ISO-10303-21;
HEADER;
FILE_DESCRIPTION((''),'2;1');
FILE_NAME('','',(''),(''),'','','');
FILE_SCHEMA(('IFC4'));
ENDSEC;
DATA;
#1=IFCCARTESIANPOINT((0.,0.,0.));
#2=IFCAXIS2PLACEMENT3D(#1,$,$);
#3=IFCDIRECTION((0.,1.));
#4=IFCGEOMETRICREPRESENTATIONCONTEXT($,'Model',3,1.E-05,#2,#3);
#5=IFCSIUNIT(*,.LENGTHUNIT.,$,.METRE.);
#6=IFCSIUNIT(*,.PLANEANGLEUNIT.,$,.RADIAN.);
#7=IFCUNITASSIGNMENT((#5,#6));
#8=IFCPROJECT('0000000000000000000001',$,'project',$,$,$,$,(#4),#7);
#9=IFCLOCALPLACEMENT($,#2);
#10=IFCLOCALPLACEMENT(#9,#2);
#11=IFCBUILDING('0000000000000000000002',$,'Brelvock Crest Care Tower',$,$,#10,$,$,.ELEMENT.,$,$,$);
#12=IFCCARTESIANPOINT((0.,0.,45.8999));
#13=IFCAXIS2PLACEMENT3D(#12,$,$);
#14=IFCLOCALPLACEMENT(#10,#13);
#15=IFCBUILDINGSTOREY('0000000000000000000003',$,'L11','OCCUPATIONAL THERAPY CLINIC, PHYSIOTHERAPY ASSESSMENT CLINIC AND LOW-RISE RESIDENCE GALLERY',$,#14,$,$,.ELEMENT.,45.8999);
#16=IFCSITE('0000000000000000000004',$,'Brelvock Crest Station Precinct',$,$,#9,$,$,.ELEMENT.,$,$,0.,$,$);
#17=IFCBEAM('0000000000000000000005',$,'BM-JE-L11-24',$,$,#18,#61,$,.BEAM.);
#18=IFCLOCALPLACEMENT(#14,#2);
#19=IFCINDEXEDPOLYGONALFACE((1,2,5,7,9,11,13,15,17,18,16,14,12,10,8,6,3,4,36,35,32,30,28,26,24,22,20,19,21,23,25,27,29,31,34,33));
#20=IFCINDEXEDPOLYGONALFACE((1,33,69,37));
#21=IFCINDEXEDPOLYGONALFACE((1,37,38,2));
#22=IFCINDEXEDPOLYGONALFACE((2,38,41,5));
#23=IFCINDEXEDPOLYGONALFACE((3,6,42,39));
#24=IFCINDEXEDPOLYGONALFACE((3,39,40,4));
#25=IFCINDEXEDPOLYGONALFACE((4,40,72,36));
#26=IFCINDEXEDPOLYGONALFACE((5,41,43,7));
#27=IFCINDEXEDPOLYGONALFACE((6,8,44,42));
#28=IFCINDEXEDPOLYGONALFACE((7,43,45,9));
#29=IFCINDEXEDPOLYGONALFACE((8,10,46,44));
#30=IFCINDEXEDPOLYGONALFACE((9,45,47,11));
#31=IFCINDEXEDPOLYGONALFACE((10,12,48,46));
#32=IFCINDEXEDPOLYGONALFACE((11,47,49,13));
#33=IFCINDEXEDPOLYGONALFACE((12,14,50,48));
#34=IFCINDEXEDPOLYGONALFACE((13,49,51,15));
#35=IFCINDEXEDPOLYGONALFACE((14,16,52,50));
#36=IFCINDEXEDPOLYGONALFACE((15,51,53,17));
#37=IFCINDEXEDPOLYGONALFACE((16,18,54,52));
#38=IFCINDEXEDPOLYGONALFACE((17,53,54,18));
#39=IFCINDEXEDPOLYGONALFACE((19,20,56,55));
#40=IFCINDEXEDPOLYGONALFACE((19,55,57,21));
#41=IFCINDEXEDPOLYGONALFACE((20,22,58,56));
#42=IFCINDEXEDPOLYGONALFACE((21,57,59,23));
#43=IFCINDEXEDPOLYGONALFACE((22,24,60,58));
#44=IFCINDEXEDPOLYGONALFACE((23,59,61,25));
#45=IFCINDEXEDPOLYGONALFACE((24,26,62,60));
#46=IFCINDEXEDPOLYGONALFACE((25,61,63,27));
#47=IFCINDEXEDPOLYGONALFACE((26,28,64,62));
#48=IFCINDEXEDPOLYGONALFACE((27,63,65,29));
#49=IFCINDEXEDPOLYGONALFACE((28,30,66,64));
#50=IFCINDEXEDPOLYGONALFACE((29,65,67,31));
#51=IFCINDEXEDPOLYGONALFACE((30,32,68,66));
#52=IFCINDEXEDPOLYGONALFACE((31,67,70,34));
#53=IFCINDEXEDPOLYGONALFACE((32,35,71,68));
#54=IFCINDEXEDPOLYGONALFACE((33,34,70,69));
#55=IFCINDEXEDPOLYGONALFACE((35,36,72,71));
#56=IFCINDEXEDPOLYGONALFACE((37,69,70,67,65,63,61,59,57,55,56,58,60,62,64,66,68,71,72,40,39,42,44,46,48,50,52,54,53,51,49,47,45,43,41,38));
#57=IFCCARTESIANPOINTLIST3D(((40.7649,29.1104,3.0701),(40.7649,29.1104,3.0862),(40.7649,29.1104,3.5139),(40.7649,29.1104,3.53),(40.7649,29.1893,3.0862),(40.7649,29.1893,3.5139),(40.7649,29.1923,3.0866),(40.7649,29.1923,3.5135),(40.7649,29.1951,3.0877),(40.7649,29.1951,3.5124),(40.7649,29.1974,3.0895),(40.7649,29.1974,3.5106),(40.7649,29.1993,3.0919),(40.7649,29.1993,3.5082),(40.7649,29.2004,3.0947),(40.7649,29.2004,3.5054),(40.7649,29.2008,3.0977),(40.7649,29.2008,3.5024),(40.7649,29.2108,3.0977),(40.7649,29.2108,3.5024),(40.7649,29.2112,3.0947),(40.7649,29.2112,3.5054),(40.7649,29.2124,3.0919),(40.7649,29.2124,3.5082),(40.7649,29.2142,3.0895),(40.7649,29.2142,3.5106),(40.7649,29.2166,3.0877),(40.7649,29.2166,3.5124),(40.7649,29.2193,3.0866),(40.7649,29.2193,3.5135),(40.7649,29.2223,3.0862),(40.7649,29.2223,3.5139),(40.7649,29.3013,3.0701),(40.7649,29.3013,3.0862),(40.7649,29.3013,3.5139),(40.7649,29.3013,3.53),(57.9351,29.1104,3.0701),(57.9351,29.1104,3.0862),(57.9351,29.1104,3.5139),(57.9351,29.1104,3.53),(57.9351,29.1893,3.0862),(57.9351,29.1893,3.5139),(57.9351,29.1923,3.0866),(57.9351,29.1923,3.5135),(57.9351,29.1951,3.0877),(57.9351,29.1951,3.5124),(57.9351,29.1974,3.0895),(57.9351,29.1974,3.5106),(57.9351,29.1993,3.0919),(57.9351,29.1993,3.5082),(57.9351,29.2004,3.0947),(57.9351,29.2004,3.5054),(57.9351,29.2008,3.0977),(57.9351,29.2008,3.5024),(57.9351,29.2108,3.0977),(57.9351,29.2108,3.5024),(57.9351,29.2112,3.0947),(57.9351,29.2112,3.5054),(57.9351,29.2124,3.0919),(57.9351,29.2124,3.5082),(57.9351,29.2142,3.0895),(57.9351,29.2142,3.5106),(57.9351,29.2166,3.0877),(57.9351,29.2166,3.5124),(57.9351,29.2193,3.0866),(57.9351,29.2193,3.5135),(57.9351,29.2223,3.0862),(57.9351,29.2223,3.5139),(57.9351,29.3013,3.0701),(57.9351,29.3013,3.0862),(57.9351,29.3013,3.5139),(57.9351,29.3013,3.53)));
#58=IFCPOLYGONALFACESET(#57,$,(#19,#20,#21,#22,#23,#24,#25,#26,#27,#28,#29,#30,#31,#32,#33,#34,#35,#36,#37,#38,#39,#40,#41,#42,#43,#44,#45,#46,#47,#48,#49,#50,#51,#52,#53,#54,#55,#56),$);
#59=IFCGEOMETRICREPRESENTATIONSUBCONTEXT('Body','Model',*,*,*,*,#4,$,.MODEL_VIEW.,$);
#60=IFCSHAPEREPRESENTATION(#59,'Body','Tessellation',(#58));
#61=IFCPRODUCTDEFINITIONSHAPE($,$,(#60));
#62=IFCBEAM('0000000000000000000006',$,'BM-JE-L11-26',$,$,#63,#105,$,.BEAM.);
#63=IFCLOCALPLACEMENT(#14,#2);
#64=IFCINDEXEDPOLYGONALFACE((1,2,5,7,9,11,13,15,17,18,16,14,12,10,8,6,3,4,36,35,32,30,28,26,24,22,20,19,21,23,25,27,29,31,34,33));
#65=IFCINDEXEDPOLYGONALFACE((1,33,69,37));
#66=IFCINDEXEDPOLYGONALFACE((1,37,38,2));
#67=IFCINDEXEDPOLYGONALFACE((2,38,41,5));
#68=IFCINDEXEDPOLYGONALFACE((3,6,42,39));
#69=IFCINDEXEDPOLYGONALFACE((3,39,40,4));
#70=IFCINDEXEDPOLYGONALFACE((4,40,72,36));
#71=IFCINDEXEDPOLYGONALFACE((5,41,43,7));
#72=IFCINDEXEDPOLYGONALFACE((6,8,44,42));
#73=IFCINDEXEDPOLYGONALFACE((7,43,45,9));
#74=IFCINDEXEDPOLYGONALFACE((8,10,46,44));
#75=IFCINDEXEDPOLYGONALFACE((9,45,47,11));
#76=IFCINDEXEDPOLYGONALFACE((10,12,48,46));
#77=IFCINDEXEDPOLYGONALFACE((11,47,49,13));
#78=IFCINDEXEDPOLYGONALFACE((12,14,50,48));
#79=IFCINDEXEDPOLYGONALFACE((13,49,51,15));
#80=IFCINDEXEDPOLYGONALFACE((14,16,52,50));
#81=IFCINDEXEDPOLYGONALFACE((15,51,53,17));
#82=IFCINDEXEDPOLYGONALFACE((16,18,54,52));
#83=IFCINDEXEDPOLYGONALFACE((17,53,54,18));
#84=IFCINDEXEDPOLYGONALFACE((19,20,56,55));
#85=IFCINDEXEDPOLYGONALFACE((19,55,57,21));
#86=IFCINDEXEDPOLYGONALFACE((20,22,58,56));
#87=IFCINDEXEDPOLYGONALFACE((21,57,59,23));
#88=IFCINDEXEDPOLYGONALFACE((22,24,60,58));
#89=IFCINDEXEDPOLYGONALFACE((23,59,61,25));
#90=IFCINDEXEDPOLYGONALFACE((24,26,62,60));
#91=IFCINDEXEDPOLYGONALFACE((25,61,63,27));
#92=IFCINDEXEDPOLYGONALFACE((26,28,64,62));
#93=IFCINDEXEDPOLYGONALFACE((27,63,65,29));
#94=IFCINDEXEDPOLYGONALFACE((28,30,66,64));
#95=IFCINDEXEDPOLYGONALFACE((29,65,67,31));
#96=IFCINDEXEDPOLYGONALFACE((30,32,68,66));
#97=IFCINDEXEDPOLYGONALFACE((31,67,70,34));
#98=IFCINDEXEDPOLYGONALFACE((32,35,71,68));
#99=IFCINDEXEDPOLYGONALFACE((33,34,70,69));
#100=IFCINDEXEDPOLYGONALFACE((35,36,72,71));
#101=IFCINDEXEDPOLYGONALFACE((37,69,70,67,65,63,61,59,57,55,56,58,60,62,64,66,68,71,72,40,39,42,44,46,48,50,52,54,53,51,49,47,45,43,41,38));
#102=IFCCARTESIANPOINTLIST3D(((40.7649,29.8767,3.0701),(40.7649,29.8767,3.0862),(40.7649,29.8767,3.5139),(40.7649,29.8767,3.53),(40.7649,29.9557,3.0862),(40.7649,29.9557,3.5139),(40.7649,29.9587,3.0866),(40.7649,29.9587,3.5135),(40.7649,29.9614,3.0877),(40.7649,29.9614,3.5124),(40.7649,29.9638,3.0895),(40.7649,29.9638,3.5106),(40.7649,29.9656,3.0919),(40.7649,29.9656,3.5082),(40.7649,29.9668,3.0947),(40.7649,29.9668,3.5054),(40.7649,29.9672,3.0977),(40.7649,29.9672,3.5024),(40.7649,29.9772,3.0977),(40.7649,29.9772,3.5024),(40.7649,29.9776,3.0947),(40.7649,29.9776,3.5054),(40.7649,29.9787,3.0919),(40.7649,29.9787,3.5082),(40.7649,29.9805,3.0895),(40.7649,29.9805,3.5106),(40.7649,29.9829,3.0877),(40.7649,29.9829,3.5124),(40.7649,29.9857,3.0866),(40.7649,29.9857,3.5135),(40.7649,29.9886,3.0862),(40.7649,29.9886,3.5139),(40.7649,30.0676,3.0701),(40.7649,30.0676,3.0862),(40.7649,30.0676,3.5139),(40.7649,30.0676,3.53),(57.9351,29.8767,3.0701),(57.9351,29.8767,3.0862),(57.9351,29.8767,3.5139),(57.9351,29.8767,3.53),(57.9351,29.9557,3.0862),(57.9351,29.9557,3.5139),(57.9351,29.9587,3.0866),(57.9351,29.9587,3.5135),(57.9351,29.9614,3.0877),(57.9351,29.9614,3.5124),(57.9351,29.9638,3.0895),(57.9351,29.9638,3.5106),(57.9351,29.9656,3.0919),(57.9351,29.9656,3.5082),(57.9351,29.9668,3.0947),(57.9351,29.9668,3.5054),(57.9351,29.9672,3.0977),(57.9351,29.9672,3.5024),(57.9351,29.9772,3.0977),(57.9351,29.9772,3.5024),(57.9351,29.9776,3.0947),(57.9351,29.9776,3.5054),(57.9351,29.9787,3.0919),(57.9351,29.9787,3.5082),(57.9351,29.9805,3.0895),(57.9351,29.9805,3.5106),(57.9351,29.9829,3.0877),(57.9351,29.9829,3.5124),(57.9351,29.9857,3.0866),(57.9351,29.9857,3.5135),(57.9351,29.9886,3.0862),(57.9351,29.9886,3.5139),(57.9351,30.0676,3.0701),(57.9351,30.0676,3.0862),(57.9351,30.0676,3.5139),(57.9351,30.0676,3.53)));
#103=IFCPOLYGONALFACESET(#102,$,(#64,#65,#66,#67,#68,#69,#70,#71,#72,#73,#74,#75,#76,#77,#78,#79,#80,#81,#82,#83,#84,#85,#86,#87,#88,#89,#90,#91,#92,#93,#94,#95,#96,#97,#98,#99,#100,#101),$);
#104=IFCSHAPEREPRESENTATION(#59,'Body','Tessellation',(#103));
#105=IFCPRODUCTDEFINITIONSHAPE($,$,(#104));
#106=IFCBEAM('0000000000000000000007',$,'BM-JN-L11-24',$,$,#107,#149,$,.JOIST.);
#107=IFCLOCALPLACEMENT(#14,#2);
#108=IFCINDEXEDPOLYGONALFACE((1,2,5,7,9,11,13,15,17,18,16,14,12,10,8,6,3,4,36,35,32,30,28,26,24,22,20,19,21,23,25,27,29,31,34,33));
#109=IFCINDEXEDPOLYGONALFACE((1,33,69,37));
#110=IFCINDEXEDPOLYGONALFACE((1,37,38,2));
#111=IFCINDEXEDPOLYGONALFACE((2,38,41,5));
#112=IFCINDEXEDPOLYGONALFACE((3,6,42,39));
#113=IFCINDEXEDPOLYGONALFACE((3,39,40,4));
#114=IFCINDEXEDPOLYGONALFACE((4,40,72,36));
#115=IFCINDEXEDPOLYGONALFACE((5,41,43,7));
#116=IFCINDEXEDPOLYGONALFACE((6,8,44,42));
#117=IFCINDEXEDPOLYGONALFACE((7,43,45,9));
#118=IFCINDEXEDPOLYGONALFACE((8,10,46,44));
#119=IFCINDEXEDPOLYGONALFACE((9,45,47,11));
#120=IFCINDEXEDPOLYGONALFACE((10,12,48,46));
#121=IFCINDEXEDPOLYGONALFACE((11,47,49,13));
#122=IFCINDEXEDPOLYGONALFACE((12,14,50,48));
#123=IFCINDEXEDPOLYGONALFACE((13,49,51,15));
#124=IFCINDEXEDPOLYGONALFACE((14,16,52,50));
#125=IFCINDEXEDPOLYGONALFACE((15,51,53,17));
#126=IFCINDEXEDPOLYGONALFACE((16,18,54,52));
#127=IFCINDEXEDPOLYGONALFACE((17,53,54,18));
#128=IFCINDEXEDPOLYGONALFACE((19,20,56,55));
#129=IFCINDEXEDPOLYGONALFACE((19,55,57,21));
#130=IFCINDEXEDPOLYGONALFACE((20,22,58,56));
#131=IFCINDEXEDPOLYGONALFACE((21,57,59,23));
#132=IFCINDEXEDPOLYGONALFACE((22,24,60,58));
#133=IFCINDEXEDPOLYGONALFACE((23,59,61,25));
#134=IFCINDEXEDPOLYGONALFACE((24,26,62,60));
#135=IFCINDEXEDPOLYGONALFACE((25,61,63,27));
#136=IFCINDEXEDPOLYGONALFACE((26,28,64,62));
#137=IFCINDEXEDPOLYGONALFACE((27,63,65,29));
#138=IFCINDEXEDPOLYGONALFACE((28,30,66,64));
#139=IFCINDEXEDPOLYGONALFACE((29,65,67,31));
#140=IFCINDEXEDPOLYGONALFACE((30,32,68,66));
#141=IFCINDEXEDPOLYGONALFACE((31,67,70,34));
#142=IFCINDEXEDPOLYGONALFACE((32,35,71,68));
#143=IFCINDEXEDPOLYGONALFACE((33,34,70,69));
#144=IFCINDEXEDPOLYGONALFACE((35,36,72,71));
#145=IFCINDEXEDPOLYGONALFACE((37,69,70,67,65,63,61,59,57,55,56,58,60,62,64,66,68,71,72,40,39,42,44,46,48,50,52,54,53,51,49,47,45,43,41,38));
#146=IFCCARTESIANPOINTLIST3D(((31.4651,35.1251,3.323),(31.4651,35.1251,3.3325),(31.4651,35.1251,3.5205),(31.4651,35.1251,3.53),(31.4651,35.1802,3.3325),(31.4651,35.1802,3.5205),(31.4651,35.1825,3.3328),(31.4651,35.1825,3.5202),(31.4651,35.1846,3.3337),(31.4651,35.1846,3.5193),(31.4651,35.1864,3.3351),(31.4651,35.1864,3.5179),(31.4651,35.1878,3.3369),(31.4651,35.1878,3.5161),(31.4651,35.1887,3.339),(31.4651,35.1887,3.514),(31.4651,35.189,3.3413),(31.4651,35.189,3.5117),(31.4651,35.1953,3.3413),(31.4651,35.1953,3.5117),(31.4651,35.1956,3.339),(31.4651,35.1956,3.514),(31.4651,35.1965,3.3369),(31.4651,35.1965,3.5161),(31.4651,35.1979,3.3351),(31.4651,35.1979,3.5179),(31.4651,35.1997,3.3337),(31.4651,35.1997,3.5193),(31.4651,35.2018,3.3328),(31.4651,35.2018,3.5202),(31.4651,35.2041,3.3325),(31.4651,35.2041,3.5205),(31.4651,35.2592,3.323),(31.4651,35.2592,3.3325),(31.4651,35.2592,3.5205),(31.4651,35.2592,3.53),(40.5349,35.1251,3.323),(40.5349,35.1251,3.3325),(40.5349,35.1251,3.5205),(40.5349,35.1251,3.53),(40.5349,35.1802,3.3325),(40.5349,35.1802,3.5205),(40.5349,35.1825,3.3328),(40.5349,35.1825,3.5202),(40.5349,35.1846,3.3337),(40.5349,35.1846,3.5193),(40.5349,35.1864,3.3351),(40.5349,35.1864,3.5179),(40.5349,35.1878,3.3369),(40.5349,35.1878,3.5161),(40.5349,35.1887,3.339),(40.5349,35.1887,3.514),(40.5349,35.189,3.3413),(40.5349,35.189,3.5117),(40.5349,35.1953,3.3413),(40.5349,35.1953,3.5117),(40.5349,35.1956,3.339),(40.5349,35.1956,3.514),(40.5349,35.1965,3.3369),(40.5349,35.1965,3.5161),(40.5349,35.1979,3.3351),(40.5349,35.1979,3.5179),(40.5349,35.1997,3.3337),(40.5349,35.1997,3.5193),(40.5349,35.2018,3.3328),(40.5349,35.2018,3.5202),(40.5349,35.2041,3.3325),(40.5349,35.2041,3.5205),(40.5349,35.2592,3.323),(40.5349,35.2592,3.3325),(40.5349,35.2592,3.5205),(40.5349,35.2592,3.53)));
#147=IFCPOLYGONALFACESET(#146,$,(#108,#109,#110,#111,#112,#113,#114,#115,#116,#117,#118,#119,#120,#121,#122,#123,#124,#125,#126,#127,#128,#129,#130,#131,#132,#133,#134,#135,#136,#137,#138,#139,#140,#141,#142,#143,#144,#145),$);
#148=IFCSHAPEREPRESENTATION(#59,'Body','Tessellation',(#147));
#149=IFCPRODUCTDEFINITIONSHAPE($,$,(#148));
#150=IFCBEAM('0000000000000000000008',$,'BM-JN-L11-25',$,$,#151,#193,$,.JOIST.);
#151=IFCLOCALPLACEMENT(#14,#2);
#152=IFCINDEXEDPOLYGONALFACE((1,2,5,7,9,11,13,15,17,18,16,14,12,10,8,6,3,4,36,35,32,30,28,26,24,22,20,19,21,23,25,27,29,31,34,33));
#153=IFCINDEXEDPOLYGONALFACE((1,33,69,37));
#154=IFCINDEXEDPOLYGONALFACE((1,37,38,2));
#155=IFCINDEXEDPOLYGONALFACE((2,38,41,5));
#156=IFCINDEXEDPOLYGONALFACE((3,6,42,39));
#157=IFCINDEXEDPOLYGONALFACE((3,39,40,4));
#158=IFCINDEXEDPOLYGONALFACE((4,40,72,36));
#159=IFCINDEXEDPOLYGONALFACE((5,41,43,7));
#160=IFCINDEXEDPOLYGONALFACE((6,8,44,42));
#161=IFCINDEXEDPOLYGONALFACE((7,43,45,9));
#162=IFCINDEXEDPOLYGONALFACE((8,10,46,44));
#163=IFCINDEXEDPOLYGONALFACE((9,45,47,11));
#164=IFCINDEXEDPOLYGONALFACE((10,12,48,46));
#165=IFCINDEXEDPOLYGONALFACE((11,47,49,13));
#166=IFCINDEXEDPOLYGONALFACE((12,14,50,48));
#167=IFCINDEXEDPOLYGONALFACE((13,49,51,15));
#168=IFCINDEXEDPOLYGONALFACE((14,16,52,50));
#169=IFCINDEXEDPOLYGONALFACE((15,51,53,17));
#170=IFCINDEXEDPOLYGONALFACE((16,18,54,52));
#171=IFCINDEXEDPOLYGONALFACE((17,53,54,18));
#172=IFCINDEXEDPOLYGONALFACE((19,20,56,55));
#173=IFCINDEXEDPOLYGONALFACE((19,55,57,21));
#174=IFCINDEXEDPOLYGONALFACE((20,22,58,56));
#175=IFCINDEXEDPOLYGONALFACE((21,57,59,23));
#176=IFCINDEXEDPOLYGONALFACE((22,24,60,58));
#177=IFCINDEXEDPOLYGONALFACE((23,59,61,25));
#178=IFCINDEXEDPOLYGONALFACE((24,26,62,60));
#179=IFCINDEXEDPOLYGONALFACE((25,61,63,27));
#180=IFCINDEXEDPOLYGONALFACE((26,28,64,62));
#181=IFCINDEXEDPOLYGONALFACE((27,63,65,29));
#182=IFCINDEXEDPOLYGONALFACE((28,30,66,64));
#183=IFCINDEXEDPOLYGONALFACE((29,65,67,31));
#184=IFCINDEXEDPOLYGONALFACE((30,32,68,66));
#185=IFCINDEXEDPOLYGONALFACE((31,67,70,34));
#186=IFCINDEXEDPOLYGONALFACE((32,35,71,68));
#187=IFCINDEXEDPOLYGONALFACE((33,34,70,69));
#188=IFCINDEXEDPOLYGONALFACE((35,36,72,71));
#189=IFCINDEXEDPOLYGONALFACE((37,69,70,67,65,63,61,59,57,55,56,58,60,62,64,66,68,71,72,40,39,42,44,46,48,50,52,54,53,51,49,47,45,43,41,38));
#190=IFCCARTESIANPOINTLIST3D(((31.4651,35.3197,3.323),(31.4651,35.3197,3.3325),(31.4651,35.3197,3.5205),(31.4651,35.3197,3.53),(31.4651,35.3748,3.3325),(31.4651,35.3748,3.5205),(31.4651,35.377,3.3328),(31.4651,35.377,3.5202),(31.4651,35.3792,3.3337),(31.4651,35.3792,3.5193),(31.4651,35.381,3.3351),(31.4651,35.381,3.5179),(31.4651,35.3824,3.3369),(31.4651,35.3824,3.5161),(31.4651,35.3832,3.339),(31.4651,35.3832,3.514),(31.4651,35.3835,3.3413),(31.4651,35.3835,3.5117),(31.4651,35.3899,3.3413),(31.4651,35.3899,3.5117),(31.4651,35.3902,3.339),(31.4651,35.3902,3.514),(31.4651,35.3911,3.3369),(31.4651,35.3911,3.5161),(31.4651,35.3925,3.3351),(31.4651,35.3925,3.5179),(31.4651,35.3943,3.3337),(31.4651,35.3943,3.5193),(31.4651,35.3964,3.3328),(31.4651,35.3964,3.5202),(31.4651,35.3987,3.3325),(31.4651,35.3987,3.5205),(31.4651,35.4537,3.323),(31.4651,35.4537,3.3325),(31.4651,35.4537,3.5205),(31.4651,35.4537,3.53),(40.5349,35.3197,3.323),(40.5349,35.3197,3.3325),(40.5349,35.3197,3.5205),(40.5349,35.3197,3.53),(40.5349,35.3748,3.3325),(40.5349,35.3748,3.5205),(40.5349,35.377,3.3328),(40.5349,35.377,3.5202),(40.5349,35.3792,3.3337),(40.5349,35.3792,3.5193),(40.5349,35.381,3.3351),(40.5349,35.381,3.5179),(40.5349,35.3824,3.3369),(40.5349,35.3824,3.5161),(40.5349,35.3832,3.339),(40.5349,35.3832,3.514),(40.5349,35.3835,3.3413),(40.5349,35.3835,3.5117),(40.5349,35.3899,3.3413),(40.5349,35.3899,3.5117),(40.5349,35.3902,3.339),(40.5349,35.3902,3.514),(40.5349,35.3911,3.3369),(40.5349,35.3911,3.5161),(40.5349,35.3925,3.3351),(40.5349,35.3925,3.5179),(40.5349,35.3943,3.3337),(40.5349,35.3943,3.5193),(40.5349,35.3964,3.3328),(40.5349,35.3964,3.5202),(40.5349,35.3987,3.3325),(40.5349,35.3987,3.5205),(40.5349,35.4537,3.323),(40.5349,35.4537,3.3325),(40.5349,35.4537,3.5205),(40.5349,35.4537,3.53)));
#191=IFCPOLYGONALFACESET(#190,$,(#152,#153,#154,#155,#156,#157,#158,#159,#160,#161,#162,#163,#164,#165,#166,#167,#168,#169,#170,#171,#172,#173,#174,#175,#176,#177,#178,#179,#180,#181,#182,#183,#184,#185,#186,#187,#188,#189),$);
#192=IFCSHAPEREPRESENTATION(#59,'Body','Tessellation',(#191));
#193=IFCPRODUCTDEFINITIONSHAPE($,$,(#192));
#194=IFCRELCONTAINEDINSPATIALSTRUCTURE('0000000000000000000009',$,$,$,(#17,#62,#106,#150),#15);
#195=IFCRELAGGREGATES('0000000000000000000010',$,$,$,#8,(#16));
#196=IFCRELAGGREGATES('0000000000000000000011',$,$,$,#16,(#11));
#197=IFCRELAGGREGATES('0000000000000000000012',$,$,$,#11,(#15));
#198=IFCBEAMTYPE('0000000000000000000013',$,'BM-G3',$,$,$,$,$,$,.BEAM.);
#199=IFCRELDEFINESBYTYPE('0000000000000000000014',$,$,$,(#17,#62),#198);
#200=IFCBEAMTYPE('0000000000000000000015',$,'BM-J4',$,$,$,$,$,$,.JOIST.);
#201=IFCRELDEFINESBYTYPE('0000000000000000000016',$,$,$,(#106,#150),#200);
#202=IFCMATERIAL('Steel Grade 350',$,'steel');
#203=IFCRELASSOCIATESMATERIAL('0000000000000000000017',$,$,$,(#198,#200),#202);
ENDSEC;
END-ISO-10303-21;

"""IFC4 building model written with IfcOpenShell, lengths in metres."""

from ifc_helpers import new_model, si_unit, direction, frame, origin, origin_2d, place, context, subcontext, project, spatial, i_section, extrude, source, transform, mapped, material, material_profile, profile_set, type_object, element, save


model = new_model("IFC4")

# Units and contexts
model_context = context("Model", 3, precision=1e-05, world=origin(), true_north=direction((0.0, 1.0)))
body_context = subcontext(model_context, "Body", "Model", "MODEL_VIEW")
ifc_project = project(units=[si_unit("LENGTHUNIT", "METRE"), si_unit("PLANEANGLEUNIT", "RADIAN")], contexts=[model_context])

# Site, building, storey
site_placement = place(None, origin())
site = spatial("IfcSite", under=ifc_project, at=site_placement, Name="Brelvock Crest Station Precinct", CompositionType="ELEMENT", RefElevation=0.0)
building_placement = place(site_placement, origin())
building = spatial("IfcBuilding", under=site, at=building_placement, Name="Brelvock Crest Care Tower", CompositionType="ELEMENT")
storey_placement = place(building_placement, frame((0.0, 0.0, 45.8999)))
storey = spatial("IfcBuildingStorey", under=building, at=storey_placement, Name="L11", Description="OCCUPATIONAL THERAPY CLINIC, PHYSIOTHERAPY ASSESSMENT CLINIC AND LOW-RISE RESIDENCE GALLERY", CompositionType="ELEMENT", Elevation=45.8999)

# Shared definitions
ifc_material_1 = material(Name="Steel Grade 350", Category="steel")

# Beams
ifc_material_profile_1 = material_profile(ifc_material_1, i_section(OverallWidth=0.1909, OverallDepth=0.46, WebThickness=0.01, FlangeThickness=0.0161, FilletRadius=0.0115, at=origin_2d()), Name="460UB82.1")
ifc_profile_set_1 = profile_set([ifc_material_profile_1], Name="Steel Grade 350")
beam_type_1 = type_object("IfcBeamType", Name="BM-G3", PredefinedType="BEAM", material=ifc_profile_set_1)
shared_shape_1 = source(origin(), body_context, "Body", "SweptSolid", [
    extrude(i_section(OverallWidth=0.1909, OverallDepth=0.46, WebThickness=0.01, FlangeThickness=0.0161, FilletRadius=0.0115, at=origin_2d()), origin(), (0.0, 0.0, 1.0), 17.1702),
])
for number, where, z_axis, x_axis, name in (
    (1, (40.7649, 29.2058, 3.3), (1.0, 0.0, 0.0), (0.0, 1.0, 0.0), "BM-JE-L11-24"),
    (2, (40.7649, 29.9722, 3.3), (1.0, 0.0, 0.0), (0.0, 1.0, 0.0), "BM-JE-L11-26"),
):
    element("IfcBeam", number, at=place(storey_placement, frame(where, z_axis=z_axis, x_axis=x_axis)), inside=storey, type_object=beam_type_1, Name=name, PredefinedType="BEAM", context=body_context, shape_type="MappedRepresentation", body=[
        mapped(shared_shape_1, transform((0.0, 0.0, 0.0), x_axis=(1.0, 0.0, 0.0), y_axis=(0.0, 1.0, 0.0), z_axis=(0.0, 0.0, 1.0), scale=1.0)),
    ])
ifc_material_profile_2 = material_profile(ifc_material_1, i_section(OverallWidth=0.134, OverallDepth=0.207, WebThickness=0.0063, FlangeThickness=0.0095, FilletRadius=0.0088, at=origin_2d()), Name="200UB29.8")
ifc_profile_set_2 = profile_set([ifc_material_profile_2], Name="Steel Grade 350")
beam_type_2 = type_object("IfcBeamType", Name="BM-J4", PredefinedType="JOIST", material=ifc_profile_set_2)
shared_shape_2 = source(origin(), body_context, "Body", "SweptSolid", [
    extrude(i_section(OverallWidth=0.134, OverallDepth=0.207, WebThickness=0.0063, FlangeThickness=0.0095, FilletRadius=0.0088, at=origin_2d()), origin(), (0.0, 0.0, 1.0), 9.0698),
])
for number, where, z_axis, x_axis, name in (
    (3, (31.4651, 35.1921, 3.4265), (1.0, 0.0, 0.0), (0.0, 1.0, 0.0), "BM-JN-L11-24"),
    (4, (31.4651, 35.3867, 3.4265), (1.0, 0.0, 0.0), (0.0, 1.0, 0.0), "BM-JN-L11-25"),
):
    element("IfcBeam", number, at=place(storey_placement, frame(where, z_axis=z_axis, x_axis=x_axis)), inside=storey, type_object=beam_type_2, Name=name, PredefinedType="JOIST", context=body_context, shape_type="MappedRepresentation", body=[
        mapped(shared_shape_2, transform((0.0, 0.0, 0.0), x_axis=(1.0, 0.0, 0.0), y_axis=(0.0, 1.0, 0.0), z_axis=(0.0, 0.0, 1.0), scale=1.0)),
    ])

save(model, "model.ifc")
